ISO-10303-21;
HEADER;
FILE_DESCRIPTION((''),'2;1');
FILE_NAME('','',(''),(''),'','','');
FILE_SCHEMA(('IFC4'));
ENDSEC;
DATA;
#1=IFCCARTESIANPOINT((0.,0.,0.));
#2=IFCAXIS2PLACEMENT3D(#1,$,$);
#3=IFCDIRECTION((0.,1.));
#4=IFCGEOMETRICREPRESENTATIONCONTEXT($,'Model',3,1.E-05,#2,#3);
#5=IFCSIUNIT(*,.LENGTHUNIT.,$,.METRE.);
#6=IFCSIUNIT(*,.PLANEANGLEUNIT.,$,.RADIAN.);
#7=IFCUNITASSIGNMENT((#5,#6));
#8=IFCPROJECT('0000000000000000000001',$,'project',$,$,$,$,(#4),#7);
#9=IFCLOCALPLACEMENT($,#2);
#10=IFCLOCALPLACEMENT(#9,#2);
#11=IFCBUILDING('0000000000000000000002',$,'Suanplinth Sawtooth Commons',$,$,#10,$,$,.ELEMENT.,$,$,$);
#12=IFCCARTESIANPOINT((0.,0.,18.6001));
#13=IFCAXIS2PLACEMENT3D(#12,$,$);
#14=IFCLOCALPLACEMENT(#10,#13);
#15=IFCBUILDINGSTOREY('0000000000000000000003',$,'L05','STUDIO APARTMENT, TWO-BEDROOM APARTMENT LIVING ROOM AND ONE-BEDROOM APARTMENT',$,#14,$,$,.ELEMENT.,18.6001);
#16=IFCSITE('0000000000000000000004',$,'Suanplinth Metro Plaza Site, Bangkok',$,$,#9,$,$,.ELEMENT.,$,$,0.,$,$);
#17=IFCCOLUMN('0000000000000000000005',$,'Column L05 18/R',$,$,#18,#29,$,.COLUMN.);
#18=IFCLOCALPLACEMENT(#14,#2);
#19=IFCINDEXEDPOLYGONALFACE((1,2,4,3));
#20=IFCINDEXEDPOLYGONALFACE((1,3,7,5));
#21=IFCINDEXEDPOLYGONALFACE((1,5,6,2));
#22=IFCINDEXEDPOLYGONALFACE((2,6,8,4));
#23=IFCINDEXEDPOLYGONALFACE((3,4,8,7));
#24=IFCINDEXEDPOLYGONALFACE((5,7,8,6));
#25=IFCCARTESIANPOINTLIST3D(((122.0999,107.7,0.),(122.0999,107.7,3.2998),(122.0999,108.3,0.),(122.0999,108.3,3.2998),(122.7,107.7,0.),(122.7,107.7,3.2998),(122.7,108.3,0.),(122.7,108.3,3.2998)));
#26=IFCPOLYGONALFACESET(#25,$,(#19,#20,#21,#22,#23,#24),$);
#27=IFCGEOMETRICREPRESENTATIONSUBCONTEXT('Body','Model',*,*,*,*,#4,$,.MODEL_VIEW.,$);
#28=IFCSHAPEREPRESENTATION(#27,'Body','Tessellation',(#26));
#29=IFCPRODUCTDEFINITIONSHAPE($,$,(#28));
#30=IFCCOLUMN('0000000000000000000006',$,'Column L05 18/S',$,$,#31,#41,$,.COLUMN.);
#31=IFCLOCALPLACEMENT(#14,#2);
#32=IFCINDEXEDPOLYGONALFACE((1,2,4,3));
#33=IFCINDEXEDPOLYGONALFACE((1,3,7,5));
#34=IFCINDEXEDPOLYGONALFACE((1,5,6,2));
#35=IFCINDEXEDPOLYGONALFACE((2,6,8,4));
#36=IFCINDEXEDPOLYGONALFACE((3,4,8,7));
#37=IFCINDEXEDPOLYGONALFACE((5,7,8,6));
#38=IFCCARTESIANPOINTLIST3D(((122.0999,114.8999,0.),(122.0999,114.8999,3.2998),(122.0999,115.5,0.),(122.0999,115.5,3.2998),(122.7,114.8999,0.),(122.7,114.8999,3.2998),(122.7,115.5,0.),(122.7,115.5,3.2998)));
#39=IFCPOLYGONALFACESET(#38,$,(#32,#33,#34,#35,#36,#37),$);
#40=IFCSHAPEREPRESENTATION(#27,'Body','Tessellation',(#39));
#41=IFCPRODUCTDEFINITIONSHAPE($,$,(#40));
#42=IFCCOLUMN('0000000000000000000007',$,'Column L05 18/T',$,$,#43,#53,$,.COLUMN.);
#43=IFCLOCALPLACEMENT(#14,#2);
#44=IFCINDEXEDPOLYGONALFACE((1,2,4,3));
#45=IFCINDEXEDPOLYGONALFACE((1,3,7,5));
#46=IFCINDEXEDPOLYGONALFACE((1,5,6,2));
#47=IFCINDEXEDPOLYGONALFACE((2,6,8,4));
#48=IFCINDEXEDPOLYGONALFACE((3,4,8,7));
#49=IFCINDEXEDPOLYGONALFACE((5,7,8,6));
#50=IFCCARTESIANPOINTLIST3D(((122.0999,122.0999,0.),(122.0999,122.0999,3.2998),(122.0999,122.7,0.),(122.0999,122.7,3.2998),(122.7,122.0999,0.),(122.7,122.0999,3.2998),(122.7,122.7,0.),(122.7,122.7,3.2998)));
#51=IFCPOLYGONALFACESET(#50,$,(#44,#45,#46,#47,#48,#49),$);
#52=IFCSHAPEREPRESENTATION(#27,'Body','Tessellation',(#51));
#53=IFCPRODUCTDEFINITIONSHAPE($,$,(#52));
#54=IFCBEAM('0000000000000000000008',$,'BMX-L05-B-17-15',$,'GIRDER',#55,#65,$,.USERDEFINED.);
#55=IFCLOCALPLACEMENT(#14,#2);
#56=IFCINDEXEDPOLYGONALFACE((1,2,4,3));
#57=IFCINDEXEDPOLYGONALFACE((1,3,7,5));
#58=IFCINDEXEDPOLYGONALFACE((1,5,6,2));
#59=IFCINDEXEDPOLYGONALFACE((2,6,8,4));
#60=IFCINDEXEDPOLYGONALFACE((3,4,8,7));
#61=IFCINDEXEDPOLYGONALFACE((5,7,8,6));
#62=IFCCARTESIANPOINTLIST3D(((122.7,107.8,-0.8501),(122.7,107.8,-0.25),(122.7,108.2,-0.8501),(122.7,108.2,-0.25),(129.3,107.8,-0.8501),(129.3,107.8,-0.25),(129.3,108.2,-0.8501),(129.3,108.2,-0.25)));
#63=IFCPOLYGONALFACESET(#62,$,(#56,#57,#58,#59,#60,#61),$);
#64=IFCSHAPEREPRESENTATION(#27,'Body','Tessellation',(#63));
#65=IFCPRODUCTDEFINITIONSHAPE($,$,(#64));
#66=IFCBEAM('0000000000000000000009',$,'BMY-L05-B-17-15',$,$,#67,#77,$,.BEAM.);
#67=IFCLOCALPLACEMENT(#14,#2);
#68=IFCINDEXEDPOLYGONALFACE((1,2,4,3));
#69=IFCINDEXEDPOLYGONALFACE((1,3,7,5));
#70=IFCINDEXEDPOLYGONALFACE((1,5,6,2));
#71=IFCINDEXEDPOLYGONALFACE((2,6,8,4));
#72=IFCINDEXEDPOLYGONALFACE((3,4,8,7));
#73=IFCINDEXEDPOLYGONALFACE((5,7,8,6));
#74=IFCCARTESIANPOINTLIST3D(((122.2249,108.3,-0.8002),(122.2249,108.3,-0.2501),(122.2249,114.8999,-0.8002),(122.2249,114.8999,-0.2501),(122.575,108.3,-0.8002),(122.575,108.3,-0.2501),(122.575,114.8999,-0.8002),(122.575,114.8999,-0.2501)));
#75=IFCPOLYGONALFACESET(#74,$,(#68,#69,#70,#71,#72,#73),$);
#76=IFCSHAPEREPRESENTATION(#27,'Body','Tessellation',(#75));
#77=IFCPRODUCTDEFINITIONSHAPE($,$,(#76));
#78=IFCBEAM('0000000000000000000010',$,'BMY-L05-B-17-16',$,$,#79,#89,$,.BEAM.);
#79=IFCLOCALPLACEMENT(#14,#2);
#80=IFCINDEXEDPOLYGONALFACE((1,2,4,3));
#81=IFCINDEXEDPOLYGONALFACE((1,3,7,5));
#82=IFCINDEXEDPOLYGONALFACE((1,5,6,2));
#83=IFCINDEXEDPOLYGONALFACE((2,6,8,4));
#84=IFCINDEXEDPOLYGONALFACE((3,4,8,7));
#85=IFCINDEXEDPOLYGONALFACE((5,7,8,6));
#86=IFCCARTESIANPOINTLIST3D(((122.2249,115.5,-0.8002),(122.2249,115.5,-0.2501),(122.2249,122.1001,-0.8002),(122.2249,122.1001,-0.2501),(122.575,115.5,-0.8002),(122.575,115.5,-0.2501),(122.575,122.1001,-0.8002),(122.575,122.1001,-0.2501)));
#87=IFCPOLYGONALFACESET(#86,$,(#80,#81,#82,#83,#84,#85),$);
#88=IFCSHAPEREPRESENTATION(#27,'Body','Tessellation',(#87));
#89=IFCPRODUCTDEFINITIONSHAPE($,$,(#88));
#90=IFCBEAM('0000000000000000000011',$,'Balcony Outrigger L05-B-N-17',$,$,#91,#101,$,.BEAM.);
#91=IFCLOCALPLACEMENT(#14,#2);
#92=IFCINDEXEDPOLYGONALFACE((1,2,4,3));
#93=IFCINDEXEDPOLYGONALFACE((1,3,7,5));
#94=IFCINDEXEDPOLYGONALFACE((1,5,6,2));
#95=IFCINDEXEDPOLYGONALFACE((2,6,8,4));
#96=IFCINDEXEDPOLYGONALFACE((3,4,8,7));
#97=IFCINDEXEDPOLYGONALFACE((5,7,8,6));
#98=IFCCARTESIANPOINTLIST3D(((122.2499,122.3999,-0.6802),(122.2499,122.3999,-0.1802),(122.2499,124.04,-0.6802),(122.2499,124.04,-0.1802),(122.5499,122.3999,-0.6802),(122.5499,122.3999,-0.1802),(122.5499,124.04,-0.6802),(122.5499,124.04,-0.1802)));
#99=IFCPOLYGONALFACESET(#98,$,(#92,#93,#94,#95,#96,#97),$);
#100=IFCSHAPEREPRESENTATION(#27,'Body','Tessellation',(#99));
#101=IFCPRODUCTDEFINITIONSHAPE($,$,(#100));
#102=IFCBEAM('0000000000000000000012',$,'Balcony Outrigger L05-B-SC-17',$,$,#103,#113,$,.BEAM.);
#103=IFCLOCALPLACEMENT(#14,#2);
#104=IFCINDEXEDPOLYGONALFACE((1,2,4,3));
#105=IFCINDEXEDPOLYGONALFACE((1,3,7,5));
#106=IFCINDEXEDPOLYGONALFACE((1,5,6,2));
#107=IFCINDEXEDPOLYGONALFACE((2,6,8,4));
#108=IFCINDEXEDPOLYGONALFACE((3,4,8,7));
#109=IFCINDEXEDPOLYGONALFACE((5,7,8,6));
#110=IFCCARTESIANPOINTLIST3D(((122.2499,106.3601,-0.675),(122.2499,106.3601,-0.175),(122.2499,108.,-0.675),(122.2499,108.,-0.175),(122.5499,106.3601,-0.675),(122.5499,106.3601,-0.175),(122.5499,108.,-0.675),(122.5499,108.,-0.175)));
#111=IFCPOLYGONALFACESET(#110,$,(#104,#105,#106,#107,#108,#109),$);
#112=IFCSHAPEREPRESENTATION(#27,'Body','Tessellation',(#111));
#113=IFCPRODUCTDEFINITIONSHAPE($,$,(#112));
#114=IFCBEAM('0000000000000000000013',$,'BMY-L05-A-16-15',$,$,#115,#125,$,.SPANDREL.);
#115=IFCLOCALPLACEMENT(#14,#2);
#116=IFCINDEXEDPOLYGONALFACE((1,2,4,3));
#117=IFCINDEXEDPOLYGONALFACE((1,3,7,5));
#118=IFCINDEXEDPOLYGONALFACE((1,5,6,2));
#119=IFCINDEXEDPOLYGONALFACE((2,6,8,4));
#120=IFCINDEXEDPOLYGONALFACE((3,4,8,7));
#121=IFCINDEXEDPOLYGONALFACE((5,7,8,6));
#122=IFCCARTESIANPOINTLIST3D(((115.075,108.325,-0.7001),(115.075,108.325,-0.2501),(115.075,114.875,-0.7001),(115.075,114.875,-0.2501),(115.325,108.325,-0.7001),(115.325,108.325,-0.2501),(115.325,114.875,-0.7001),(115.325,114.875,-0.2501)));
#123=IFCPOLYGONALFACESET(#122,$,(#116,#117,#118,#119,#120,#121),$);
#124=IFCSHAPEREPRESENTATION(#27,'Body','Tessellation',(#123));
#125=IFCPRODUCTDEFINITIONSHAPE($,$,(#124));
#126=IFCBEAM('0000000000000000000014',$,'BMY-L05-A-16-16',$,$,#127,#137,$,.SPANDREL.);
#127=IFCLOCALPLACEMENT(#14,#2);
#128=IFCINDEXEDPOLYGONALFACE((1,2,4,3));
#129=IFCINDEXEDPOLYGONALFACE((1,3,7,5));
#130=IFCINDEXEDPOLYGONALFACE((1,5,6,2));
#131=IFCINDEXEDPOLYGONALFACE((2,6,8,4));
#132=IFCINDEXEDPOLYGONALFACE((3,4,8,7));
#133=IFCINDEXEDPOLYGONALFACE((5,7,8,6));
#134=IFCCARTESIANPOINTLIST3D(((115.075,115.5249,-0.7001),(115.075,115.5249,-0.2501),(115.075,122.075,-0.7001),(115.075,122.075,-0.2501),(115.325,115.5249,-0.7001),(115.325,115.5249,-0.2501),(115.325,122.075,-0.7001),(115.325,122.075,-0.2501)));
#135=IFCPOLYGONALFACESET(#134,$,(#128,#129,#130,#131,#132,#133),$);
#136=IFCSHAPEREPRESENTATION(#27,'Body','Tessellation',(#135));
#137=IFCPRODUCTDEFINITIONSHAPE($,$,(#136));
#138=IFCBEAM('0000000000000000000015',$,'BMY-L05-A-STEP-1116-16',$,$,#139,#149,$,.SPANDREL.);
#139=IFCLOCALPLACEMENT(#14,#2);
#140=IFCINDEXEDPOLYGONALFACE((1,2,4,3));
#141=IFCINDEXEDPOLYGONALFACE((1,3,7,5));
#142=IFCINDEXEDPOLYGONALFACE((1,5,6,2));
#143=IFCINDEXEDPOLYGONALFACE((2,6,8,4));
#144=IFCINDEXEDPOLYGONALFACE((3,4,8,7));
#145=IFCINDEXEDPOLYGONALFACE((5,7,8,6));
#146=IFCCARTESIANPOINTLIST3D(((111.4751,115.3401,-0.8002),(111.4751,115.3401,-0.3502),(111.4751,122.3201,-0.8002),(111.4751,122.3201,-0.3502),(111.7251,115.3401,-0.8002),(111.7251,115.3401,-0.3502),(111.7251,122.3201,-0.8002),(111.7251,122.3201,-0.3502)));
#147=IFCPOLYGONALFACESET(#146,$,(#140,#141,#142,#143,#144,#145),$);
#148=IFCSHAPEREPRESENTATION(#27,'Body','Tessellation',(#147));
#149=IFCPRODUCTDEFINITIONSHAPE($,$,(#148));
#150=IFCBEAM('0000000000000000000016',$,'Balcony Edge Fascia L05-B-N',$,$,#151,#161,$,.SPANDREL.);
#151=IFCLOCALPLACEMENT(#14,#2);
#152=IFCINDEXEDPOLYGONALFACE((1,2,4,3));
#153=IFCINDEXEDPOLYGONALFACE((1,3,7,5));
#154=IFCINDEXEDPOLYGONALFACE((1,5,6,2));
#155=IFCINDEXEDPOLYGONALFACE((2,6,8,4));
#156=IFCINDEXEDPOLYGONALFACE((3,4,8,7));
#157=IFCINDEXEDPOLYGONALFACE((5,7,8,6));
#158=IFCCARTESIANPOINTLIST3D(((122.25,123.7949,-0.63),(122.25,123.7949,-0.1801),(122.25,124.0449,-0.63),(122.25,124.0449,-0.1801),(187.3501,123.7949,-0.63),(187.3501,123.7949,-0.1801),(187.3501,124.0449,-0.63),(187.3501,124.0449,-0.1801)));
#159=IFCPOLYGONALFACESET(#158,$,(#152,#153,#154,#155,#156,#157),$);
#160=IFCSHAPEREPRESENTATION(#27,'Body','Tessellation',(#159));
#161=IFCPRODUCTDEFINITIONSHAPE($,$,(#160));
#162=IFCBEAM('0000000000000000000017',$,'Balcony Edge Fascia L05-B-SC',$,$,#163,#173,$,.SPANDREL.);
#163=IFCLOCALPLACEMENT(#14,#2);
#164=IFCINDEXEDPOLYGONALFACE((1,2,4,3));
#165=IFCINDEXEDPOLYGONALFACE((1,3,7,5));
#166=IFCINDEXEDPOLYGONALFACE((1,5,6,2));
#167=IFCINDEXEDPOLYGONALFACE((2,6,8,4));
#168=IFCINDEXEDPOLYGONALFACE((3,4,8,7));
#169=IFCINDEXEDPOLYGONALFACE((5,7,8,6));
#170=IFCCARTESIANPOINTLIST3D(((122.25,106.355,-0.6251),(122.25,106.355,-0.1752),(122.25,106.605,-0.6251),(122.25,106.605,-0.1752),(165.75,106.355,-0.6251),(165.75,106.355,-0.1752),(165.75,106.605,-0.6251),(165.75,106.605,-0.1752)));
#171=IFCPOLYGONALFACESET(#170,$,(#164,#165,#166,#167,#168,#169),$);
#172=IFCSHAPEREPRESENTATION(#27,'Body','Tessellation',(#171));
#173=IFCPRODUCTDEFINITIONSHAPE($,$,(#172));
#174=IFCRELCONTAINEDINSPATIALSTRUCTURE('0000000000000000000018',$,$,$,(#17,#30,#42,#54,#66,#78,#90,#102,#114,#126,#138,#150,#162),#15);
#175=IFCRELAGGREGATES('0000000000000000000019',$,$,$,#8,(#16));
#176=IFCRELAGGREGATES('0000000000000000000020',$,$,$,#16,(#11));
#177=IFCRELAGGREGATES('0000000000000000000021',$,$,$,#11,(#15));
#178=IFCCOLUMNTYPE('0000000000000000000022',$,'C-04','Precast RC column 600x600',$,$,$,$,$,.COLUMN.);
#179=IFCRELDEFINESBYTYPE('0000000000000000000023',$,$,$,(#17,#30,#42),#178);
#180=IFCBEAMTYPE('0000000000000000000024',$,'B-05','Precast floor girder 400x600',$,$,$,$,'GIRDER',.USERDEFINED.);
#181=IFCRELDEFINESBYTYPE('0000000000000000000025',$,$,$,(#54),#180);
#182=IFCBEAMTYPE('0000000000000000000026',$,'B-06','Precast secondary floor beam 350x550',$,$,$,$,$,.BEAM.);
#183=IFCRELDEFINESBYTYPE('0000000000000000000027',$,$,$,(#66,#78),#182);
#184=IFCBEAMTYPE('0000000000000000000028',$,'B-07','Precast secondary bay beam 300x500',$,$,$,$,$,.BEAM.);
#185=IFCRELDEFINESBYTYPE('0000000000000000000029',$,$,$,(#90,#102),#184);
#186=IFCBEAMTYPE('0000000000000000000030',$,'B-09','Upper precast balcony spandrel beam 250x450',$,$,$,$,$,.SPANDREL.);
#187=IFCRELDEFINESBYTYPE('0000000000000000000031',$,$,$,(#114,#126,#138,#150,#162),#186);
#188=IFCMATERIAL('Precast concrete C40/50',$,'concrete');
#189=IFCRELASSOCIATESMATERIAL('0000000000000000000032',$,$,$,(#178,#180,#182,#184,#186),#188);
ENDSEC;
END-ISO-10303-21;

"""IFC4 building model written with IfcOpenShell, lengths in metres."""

from ifc_helpers import new_model, si_unit, direction, frame, origin, origin_2d, place, context, subcontext, project, spatial, rectangle, extrude, material, material_profile, profile_set, type_object, element, save


model = new_model("IFC4")

# Units and contexts
model_context = context("Model", 3, precision=1e-05, world=origin(), true_north=direction((0.0, 1.0)))
body_context = subcontext(model_context, "Body", "Model", "MODEL_VIEW")
ifc_project = project(units=[si_unit("LENGTHUNIT", "METRE"), si_unit("PLANEANGLEUNIT", "RADIAN")], contexts=[model_context])

# Site, building, storey
site_placement = place(None, origin())
site = spatial("IfcSite", under=ifc_project, at=site_placement, Name="Suanplinth Metro Plaza Site, Bangkok", CompositionType="ELEMENT", RefElevation=0.0)
building_placement = place(site_placement, origin())
building = spatial("IfcBuilding", under=site, at=building_placement, Name="Suanplinth Sawtooth Commons", CompositionType="ELEMENT")
storey_placement = place(building_placement, frame((0.0, 0.0, 18.6001)))
storey = spatial("IfcBuildingStorey", under=building, at=storey_placement, Name="L05", Description="STUDIO APARTMENT, TWO-BEDROOM APARTMENT LIVING ROOM AND ONE-BEDROOM APARTMENT", CompositionType="ELEMENT", Elevation=18.6001)

# Columns
ifc_material_1 = material(Name="Precast concrete C40/50", Category="concrete")
ifc_material_profile_1 = material_profile(ifc_material_1, rectangle(XDim=0.6001, YDim=0.6001, at=origin_2d()), Name="PC-COL 600x600")
ifc_profile_set_1 = profile_set([ifc_material_profile_1], Name="Precast concrete C40/50")
column_type = type_object("IfcColumnType", Name="C-04", Description="Precast RC column 600x600", PredefinedType="COLUMN", material=ifc_profile_set_1)
for number, where, z_axis, x_axis, name in (
    (1, (122.3999, 108.0, 0.0), (0.0, 0.0, 1.0), (1.0, 0.0, 0.0), "Column L05 18/R"),
    (2, (122.3999, 115.2, 0.0), (0.0, 0.0, 1.0), (1.0, 0.0, 0.0), "Column L05 18/S"),
    (3, (122.3999, 122.3999, 0.0), (0.0, 0.0, 1.0), (1.0, 0.0, 0.0), "Column L05 18/T"),
):
    element("IfcColumn", number, at=place(storey_placement, frame(where, z_axis=z_axis, x_axis=x_axis)), inside=storey, type_object=column_type, Name=name, PredefinedType="COLUMN", context=body_context, shape_type="SweptSolid", body=[
        extrude(rectangle(XDim=0.6001, YDim=0.6001, at=origin_2d()), origin(), (0.0, 0.0, 1.0), 3.2998),
    ])

# Beams
ifc_material_profile_2 = material_profile(ifc_material_1, rectangle(XDim=0.3999, YDim=0.6001, at=origin_2d()), Name="PC-GDR 400x600")
ifc_profile_set_2 = profile_set([ifc_material_profile_2], Name="Precast concrete C40/50")
beam_type_1 = type_object("IfcBeamType", Name="B-05", Description="Precast floor girder 400x600", ElementType="GIRDER", PredefinedType="USERDEFINED", material=ifc_profile_set_2)
beam_1_placement = place(storey_placement, frame((122.7, 108.0, -0.55), z_axis=(1.0, 0.0, 0.0), x_axis=(0.0, 1.0, 0.0)))
element("IfcBeam", 4, at=beam_1_placement, inside=storey, type_object=beam_type_1, Name="BMX-L05-B-17-15", ObjectType="GIRDER", PredefinedType="USERDEFINED", context=body_context, shape_type="SweptSolid", body=[
    extrude(rectangle(XDim=0.3999, YDim=0.6001, at=origin_2d()), origin(), (0.0, 0.0, 1.0), 6.6001),
])
ifc_material_profile_3 = material_profile(ifc_material_1, rectangle(XDim=0.3501, YDim=0.55, at=origin_2d()), Name="PC-BM 350x550")
ifc_profile_set_3 = profile_set([ifc_material_profile_3], Name="Precast concrete C40/50")
beam_type_2 = type_object("IfcBeamType", Name="B-06", Description="Precast secondary floor beam 350x550", PredefinedType="BEAM", material=ifc_profile_set_3)
beam_2_placement = place(storey_placement, frame((122.3999, 108.3, -0.5251), z_axis=(0.0, 1.0, 0.0), x_axis=(-1.0, 0.0, 0.0)))
element("IfcBeam", 5, at=beam_2_placement, inside=storey, type_object=beam_type_2, Name="BMY-L05-B-17-15", PredefinedType="BEAM", context=body_context, shape_type="SweptSolid", body=[
    extrude(rectangle(XDim=0.3501, YDim=0.55, at=origin_2d()), origin(), (0.0, 0.0, 1.0), 6.5999),
])
beam_3_placement = place(storey_placement, frame((122.3999, 115.5, -0.5251), z_axis=(0.0, 1.0, 0.0), x_axis=(-1.0, 0.0, 0.0)))
element("IfcBeam", 6, at=beam_3_placement, inside=storey, type_object=beam_type_2, Name="BMY-L05-B-17-16", PredefinedType="BEAM", context=body_context, shape_type="SweptSolid", body=[
    extrude(rectangle(XDim=0.3501, YDim=0.55, at=origin_2d()), origin(), (0.0, 0.0, 1.0), 6.6001),
])
ifc_material_profile_4 = material_profile(ifc_material_1, rectangle(XDim=0.3, YDim=0.5, at=origin_2d()), Name="PC-BM 300x500")
ifc_profile_set_4 = profile_set([ifc_material_profile_4], Name="Precast concrete C40/50")
beam_type_3 = type_object("IfcBeamType", Name="B-07", Description="Precast secondary bay beam 300x500", PredefinedType="BEAM", material=ifc_profile_set_4)
beam_4_placement = place(storey_placement, frame((122.3999, 122.3999, -0.4302), z_axis=(0.0, 1.0, 0.0), x_axis=(-1.0, 0.0, 0.0)))
element("IfcBeam", 7, at=beam_4_placement, inside=storey, type_object=beam_type_3, Name="Balcony Outrigger L05-B-N-17", PredefinedType="BEAM", context=body_context, shape_type="SweptSolid", body=[
    extrude(rectangle(XDim=0.3, YDim=0.5, at=origin_2d()), origin(), (0.0, 0.0, 1.0), 1.6401),
])
beam_5_placement = place(storey_placement, frame((122.3999, 108.0, -0.425), z_axis=(0.0, -1.0, 0.0), x_axis=(1.0, 0.0, 0.0)))
element("IfcBeam", 8, at=beam_5_placement, inside=storey, type_object=beam_type_3, Name="Balcony Outrigger L05-B-SC-17", PredefinedType="BEAM", context=body_context, shape_type="SweptSolid", body=[
    extrude(rectangle(XDim=0.3, YDim=0.5, at=origin_2d()), origin(), (0.0, 0.0, 1.0), 1.6399),
])
ifc_material_profile_5 = material_profile(ifc_material_1, rectangle(XDim=0.25, YDim=0.45, at=origin_2d()), Name="PC-SP 250x450")
ifc_profile_set_5 = profile_set([ifc_material_profile_5], Name="Precast concrete C40/50")
beam_type_4 = type_object("IfcBeamType", Name="B-09", Description="Upper precast balcony spandrel beam 250x450", PredefinedType="SPANDREL", material=ifc_profile_set_5)
for number, where, z_axis, x_axis, name in (
    (9, (115.2, 108.325, -0.4751), (0.0, 1.0, 0.0), (-1.0, 0.0, 0.0), "BMY-L05-A-16-15"),
    (10, (115.2, 115.5249, -0.4751), (0.0, 1.0, 0.0), (-1.0, 0.0, 0.0), "BMY-L05-A-16-16"),
):
    element("IfcBeam", number, at=place(storey_placement, frame(where, z_axis=z_axis, x_axis=x_axis)), inside=storey, type_object=beam_type_4, Name=name, PredefinedType="SPANDREL", context=body_context, shape_type="SweptSolid", body=[
        extrude(rectangle(XDim=0.25, YDim=0.45, at=origin_2d()), origin(), (0.0, 0.0, 1.0), 6.55),
    ])
beam_6_placement = place(storey_placement, frame((111.6001, 115.3401, -0.5752), z_axis=(0.0, 1.0, 0.0), x_axis=(-1.0, 0.0, 0.0)))
element("IfcBeam", 11, at=beam_6_placement, inside=storey, type_object=beam_type_4, Name="BMY-L05-A-STEP-1116-16", PredefinedType="SPANDREL", context=body_context, shape_type="SweptSolid", body=[
    extrude(rectangle(XDim=0.25, YDim=0.45, at=origin_2d()), origin(), (0.0, 0.0, 1.0), 6.98),
])
beam_7_placement = place(storey_placement, frame((122.25, 123.9199, -0.405), z_axis=(1.0, 0.0, 0.0), x_axis=(0.0, 1.0, 0.0)))
element("IfcBeam", 12, at=beam_7_placement, inside=storey, type_object=beam_type_4, Name="Balcony Edge Fascia L05-B-N", PredefinedType="SPANDREL", context=body_context, shape_type="SweptSolid", body=[
    extrude(rectangle(XDim=0.25, YDim=0.45, at=origin_2d()), origin(), (0.0, 0.0, 1.0), 65.1001),
])
beam_8_placement = place(storey_placement, frame((122.25, 106.48, -0.4001), z_axis=(1.0, 0.0, 0.0), x_axis=(0.0, 1.0, 0.0)))
element("IfcBeam", 13, at=beam_8_placement, inside=storey, type_object=beam_type_4, Name="Balcony Edge Fascia L05-B-SC", PredefinedType="SPANDREL", context=body_context, shape_type="SweptSolid", body=[
    extrude(rectangle(XDim=0.25, YDim=0.45, at=origin_2d()), origin(), (0.0, 0.0, 1.0), 43.5),
])

save(model, "model.ifc")
